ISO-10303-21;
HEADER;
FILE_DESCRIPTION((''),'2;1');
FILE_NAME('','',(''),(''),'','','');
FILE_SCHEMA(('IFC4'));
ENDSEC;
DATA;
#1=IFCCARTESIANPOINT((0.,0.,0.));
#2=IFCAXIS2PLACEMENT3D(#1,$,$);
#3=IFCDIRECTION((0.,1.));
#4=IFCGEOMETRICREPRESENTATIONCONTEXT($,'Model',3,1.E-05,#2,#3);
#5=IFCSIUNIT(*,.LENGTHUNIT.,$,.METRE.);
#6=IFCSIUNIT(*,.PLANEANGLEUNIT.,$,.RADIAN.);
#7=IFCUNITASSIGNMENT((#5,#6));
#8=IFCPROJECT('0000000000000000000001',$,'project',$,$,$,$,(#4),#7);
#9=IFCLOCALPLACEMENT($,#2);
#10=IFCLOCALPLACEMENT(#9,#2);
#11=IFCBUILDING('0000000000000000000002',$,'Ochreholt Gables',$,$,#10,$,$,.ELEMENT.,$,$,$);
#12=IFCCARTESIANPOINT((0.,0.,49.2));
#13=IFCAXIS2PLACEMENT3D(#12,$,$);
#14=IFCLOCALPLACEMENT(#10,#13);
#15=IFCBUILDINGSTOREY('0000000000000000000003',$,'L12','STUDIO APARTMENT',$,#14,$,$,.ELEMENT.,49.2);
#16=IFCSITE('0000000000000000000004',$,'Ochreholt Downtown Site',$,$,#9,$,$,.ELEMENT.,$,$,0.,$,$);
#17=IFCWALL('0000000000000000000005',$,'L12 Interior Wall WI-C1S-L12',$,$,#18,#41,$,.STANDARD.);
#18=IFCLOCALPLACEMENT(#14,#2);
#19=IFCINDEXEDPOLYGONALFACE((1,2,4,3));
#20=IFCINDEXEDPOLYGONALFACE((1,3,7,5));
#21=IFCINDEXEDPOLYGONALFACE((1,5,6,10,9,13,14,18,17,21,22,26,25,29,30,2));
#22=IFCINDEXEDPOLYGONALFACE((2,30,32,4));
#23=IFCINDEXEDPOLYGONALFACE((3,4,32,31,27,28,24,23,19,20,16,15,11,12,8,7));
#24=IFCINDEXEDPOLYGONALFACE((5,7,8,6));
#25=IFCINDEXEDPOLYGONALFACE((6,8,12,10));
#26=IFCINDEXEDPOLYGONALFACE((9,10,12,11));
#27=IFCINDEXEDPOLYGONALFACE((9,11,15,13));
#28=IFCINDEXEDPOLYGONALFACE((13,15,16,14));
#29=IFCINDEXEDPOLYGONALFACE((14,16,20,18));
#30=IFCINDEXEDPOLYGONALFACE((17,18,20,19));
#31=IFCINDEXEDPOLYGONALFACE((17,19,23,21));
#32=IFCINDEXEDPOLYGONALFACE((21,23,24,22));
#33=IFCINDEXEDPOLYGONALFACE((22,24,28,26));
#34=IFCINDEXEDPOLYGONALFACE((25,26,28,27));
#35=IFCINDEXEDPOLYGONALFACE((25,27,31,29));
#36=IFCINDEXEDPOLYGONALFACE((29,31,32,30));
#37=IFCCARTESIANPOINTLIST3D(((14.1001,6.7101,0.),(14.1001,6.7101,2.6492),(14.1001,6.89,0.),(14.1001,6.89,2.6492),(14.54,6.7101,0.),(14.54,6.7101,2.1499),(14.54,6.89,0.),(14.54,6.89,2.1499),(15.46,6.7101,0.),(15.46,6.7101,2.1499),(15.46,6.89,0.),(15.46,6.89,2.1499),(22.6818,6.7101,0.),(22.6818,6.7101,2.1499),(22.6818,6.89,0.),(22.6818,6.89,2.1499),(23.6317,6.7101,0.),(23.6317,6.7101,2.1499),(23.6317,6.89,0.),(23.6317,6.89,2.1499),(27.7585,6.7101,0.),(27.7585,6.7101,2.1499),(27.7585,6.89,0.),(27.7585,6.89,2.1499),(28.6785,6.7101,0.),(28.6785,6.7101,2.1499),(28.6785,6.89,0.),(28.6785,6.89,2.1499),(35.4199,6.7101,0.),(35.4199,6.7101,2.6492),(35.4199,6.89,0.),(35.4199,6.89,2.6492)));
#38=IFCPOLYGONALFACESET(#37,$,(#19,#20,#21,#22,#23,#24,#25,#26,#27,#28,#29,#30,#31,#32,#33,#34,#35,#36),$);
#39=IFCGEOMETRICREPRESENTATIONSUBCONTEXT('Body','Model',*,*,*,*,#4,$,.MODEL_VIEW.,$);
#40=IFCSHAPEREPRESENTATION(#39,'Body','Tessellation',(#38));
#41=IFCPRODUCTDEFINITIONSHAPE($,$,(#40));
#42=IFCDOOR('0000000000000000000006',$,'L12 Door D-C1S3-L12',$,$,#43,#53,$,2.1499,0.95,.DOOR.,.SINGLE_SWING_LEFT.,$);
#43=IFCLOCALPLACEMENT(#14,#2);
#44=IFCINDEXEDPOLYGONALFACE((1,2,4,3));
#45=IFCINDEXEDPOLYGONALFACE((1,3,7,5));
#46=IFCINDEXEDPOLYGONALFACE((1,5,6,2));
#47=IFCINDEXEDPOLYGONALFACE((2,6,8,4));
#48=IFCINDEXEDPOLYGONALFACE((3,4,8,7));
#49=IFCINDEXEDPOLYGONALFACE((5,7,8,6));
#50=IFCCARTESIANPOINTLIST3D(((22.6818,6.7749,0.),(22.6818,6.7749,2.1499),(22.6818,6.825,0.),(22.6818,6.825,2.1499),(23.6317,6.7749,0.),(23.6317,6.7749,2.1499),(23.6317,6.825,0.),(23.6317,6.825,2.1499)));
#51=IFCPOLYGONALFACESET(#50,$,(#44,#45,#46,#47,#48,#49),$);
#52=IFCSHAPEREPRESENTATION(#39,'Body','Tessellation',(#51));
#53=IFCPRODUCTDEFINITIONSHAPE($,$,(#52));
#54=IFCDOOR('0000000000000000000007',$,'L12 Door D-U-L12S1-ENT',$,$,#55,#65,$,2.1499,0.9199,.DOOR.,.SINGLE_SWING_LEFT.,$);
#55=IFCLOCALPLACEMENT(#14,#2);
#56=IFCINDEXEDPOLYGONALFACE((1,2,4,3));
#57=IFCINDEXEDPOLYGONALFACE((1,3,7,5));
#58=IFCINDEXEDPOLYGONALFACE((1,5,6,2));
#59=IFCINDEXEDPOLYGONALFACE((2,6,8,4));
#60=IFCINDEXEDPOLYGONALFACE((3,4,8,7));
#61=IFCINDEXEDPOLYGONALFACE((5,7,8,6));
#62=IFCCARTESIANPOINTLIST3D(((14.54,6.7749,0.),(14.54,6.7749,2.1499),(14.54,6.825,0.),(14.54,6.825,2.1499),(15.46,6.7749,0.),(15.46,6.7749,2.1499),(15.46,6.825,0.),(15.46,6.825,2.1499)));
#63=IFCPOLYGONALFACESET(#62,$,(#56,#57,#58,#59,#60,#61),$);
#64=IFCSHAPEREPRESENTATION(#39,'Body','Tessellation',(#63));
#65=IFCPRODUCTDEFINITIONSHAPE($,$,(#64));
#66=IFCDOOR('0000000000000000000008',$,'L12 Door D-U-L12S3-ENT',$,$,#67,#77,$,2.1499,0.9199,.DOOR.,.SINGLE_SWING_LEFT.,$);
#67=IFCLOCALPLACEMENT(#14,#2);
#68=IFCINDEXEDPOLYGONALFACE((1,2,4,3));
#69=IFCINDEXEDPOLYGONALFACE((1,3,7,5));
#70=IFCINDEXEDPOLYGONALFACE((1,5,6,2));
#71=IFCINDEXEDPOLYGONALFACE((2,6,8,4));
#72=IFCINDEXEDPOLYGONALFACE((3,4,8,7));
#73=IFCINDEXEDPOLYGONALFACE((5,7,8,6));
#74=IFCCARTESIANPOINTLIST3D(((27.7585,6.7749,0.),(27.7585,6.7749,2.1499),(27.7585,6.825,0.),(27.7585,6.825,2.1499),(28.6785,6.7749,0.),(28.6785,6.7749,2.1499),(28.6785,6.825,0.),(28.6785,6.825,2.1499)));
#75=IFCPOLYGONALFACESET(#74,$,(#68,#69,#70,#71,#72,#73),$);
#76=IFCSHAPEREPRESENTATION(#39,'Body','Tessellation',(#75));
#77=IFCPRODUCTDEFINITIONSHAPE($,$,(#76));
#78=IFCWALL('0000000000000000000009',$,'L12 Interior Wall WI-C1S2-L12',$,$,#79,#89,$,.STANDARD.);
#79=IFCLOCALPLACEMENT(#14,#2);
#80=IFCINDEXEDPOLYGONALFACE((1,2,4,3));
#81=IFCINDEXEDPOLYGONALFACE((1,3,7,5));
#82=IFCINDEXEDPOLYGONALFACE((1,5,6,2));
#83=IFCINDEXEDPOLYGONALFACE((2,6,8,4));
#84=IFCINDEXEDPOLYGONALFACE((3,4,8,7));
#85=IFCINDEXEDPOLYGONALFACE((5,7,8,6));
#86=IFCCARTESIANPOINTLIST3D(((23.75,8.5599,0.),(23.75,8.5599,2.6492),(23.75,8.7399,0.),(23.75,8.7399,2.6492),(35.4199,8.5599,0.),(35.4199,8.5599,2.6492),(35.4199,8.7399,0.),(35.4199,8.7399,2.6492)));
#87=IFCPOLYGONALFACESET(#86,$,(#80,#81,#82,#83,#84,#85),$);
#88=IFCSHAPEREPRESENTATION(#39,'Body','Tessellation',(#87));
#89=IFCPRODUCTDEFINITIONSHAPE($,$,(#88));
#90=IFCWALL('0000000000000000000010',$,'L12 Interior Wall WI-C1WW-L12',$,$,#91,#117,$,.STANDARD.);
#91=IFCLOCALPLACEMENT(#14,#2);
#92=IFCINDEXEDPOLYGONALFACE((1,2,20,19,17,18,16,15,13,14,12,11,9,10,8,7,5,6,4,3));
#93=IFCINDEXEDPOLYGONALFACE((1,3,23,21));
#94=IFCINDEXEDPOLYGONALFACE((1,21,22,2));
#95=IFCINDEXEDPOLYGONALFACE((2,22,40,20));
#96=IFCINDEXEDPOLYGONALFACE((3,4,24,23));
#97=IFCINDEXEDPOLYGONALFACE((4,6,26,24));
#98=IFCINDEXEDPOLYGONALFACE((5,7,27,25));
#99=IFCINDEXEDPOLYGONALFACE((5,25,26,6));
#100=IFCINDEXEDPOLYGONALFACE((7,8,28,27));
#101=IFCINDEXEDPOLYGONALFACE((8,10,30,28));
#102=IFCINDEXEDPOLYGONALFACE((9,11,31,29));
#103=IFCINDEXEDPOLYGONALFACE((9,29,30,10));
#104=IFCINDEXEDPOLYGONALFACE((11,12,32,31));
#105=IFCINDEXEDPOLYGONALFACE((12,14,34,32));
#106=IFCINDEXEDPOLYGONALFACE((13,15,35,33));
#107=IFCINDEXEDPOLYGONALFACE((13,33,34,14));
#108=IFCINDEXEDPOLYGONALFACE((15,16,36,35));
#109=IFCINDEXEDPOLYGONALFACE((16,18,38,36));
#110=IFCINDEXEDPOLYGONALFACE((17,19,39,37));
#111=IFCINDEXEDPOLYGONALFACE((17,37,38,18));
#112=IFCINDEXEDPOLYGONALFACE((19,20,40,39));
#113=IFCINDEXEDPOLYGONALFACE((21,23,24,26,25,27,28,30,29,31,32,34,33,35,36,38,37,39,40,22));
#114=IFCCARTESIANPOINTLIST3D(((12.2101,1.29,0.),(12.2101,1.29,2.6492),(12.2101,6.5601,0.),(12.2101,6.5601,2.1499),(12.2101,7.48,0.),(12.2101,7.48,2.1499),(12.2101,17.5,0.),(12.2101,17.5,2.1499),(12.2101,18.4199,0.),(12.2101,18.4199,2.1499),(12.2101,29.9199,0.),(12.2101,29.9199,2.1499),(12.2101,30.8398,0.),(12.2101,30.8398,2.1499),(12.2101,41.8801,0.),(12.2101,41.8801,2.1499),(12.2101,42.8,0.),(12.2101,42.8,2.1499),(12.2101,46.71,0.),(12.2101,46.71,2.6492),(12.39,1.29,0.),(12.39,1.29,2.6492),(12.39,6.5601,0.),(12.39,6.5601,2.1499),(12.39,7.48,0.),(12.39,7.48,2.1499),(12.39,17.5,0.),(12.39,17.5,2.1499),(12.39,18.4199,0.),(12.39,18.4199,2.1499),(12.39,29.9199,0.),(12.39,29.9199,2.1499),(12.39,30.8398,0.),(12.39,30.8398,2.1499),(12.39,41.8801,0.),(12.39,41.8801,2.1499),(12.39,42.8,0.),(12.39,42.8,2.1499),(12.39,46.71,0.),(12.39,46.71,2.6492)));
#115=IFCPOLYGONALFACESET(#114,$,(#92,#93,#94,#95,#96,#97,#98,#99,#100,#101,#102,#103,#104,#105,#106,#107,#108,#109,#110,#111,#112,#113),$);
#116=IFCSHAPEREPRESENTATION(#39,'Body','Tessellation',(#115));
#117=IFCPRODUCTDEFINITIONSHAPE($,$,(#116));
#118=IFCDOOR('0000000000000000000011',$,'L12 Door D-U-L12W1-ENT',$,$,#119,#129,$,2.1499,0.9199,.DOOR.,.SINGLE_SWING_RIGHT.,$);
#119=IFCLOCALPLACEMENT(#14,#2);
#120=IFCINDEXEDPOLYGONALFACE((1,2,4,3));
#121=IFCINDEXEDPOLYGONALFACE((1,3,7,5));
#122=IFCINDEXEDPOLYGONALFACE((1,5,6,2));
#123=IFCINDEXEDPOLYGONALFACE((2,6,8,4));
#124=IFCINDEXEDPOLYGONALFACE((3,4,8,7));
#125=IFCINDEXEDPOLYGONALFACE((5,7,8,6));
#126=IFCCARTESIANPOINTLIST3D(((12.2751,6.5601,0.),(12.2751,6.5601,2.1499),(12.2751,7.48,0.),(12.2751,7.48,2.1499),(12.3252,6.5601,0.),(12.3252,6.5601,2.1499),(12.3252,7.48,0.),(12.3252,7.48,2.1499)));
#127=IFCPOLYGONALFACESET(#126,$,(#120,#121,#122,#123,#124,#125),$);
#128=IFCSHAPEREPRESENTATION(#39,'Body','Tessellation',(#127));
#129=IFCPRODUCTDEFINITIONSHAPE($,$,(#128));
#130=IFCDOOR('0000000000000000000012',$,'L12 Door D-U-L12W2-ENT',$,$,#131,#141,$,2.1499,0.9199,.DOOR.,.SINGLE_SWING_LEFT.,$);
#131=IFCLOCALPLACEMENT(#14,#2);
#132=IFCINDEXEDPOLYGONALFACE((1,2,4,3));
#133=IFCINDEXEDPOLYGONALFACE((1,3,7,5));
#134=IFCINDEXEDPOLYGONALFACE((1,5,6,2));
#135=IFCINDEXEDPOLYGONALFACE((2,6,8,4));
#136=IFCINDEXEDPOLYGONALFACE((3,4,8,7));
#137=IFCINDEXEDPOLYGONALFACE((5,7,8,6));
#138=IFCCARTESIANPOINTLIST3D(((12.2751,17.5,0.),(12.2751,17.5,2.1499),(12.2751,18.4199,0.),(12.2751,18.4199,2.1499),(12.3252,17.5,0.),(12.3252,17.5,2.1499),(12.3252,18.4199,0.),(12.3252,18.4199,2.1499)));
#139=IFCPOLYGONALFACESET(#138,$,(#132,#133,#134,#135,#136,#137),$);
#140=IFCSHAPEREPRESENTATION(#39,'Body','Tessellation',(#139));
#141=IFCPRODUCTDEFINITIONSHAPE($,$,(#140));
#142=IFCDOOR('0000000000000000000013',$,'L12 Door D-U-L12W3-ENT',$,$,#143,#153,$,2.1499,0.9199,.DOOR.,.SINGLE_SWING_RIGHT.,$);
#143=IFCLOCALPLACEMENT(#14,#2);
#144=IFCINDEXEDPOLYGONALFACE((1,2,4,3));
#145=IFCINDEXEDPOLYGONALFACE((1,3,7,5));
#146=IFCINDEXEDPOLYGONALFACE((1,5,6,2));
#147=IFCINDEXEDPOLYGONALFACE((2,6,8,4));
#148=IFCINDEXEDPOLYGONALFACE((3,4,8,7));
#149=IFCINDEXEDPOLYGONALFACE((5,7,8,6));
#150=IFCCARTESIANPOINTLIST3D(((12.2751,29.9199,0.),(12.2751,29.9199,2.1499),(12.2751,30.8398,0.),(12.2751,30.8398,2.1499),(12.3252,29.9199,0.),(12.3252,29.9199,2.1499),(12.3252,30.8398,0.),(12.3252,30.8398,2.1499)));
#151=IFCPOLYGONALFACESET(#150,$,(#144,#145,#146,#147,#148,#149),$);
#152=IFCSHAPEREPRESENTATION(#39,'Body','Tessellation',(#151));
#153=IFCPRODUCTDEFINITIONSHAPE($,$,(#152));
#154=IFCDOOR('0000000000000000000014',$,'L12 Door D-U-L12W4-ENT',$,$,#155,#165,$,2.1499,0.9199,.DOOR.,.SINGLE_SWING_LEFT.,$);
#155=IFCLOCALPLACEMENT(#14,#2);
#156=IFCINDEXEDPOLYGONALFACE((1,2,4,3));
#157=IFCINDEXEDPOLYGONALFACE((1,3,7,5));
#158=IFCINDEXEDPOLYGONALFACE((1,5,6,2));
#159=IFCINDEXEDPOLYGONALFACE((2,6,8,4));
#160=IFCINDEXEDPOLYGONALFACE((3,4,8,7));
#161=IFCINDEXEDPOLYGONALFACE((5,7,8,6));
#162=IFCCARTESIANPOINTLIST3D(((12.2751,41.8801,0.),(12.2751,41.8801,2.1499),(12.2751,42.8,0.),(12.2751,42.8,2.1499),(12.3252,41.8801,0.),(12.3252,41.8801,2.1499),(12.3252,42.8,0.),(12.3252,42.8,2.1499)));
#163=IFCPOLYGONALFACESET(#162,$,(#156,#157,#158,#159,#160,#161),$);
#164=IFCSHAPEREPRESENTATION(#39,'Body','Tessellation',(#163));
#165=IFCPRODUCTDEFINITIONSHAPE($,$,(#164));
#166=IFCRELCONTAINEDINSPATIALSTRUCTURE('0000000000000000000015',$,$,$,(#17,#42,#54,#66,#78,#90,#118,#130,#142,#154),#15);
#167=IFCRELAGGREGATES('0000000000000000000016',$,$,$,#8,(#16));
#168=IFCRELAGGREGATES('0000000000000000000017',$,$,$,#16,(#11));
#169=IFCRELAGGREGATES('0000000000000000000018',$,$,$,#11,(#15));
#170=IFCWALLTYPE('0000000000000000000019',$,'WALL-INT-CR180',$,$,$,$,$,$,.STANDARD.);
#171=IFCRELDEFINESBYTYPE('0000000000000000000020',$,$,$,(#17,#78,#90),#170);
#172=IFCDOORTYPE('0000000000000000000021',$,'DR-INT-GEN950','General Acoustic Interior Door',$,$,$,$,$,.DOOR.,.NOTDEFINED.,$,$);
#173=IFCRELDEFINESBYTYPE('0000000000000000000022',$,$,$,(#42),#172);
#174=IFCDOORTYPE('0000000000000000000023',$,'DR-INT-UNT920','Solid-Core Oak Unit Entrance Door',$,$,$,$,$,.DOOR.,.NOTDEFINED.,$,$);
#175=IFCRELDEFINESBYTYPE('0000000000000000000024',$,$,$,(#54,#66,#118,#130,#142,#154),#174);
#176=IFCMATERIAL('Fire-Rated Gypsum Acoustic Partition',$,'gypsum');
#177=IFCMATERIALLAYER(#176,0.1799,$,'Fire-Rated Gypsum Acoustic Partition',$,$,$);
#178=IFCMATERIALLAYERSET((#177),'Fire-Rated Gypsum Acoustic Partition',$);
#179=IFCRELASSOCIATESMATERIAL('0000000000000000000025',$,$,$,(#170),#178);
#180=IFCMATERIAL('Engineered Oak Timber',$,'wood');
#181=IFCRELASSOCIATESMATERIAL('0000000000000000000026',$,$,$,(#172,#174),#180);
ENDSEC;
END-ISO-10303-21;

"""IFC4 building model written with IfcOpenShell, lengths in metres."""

from ifc_helpers import new_model, si_unit, direction, frame, frame_2d, origin, place, context, subcontext, project, spatial, rectangle, extrude, material, layer, layer_set, type_object, element, fill, save


model = new_model("IFC4")

# Units and contexts
model_context = context("Model", 3, precision=1e-05, world=origin(), true_north=direction((0.0, 1.0)))
body_context = subcontext(model_context, "Body", "Model", "MODEL_VIEW")
ifc_project = project(units=[si_unit("LENGTHUNIT", "METRE"), si_unit("PLANEANGLEUNIT", "RADIAN")], contexts=[model_context])

# Site, building, storey
site_placement = place(None, origin())
site = spatial("IfcSite", under=ifc_project, at=site_placement, Name="Ochreholt Downtown Site", CompositionType="ELEMENT", RefElevation=0.0)
building_placement = place(site_placement, origin())
building = spatial("IfcBuilding", under=site, at=building_placement, Name="Ochreholt Gables", CompositionType="ELEMENT")
storey_placement = place(building_placement, frame((0.0, 0.0, 49.2)))
storey = spatial("IfcBuildingStorey", under=building, at=storey_placement, Name="L12", Description="STUDIO APARTMENT", CompositionType="ELEMENT", Elevation=49.2)

# Shared definitions
ifc_material_1 = material(Name="Fire-Rated Gypsum Acoustic Partition", Category="gypsum")
ifc_layer_1 = layer(ifc_material_1, 0.1799, Name="Fire-Rated Gypsum Acoustic Partition")
ifc_layer_set_1 = layer_set([ifc_layer_1], Name="Fire-Rated Gypsum Acoustic Partition")
wall_type_1 = type_object("IfcWallType", Name="WALL-INT-CR180", PredefinedType="STANDARD", material=ifc_layer_set_1)

# Wall, openings, doors
wall_1_placement = place(storey_placement, frame((14.1001, 6.8, 0.0), z_axis=(0.0, 0.0, 1.0), x_axis=(1.0, 0.0, 0.0)))
wall_1 = element("IfcWall", 1, at=wall_1_placement, inside=storey, type_object=wall_type_1, Name="L12 Interior Wall WI-C1S-L12", PredefinedType="STANDARD", context=body_context, shape_type="SweptSolid", body=[
    extrude(rectangle(XDim=21.3198, YDim=0.1799, at=frame_2d((10.6599, 0.0))), origin(), (0.0, 0.0, 1.0), 2.6492),
])
opening_1_placement = place(wall_1_placement, frame((0.4399, 0.0, 0.0)))
opening_1 = element("IfcOpeningElement", 2, at=opening_1_placement, cuts=wall_1, PredefinedType="OPENING", context=body_context, shape_type="SweptSolid", body=[
    extrude(rectangle(XDim=0.9199, YDim=2.1499, at=frame_2d((0.46, 1.075))), frame((0.0, 0.0999, 0.0), z_axis=(0.0, -1.0, 0.0), x_axis=(1.0, 0.0, 0.0)), (0.0, 0.0, 1.0), 0.2),
])
opening_2_placement = place(wall_1_placement, frame((8.5815, 0.0, 0.0)))
opening_2 = element("IfcOpeningElement", 3, at=opening_2_placement, cuts=wall_1, PredefinedType="OPENING", context=body_context, shape_type="SweptSolid", body=[
    extrude(rectangle(XDim=0.95, YDim=2.1499, at=frame_2d((0.4751, 1.075))), frame((0.0, 0.0999, 0.0), z_axis=(0.0, -1.0, 0.0), x_axis=(1.0, 0.0, 0.0)), (0.0, 0.0, 1.0), 0.2),
])
opening_3_placement = place(wall_1_placement, frame((13.6584, 0.0, 0.0)))
opening_3 = element("IfcOpeningElement", 4, at=opening_3_placement, cuts=wall_1, PredefinedType="OPENING", context=body_context, shape_type="SweptSolid", body=[
    extrude(rectangle(XDim=0.9199, YDim=2.1499, at=frame_2d((0.46, 1.075))), frame((0.0, 0.0999, 0.0), z_axis=(0.0, -1.0, 0.0), x_axis=(1.0, 0.0, 0.0)), (0.0, 0.0, 1.0), 0.2),
])
ifc_material_2 = material(Name="Engineered Oak Timber", Category="wood")
door_type_1 = type_object("IfcDoorType", Name="DR-INT-GEN950", Description="General Acoustic Interior Door", OperationType="NOTDEFINED", PredefinedType="DOOR", material=ifc_material_2)
door_1_placement = place(opening_2_placement, origin())
door_1 = element("IfcDoor", 5, at=door_1_placement, inside=storey, type_object=door_type_1, Name="L12 Door D-C1S3-L12", OperationType="SINGLE_SWING_LEFT", OverallHeight=2.1499, OverallWidth=0.95, PredefinedType="DOOR", context=body_context, shape_type="SweptSolid", body=[
    extrude(rectangle(XDim=0.95, YDim=2.1499, at=frame_2d((0.4751, 1.075))), frame((0.0, 0.0249, 0.0), z_axis=(0.0, -1.0, 0.0), x_axis=(1.0, 0.0, 0.0)), (0.0, 0.0, 1.0), 0.05),
])
fill(opening_2, door_1)
door_type_2 = type_object("IfcDoorType", Name="DR-INT-UNT920", Description="Solid-Core Oak Unit Entrance Door", OperationType="NOTDEFINED", PredefinedType="DOOR", material=ifc_material_2)
door_2_placement = place(opening_1_placement, origin())
door_2 = element("IfcDoor", 6, at=door_2_placement, inside=storey, type_object=door_type_2, Name="L12 Door D-U-L12S1-ENT", OperationType="SINGLE_SWING_LEFT", OverallHeight=2.1499, OverallWidth=0.9199, PredefinedType="DOOR", context=body_context, shape_type="SweptSolid", body=[
    extrude(rectangle(XDim=0.9199, YDim=2.1499, at=frame_2d((0.46, 1.075))), frame((0.0, 0.0249, 0.0), z_axis=(0.0, -1.0, 0.0), x_axis=(1.0, 0.0, 0.0)), (0.0, 0.0, 1.0), 0.05),
])
fill(opening_1, door_2)
door_3_placement = place(opening_3_placement, origin())
door_3 = element("IfcDoor", 7, at=door_3_placement, inside=storey, type_object=door_type_2, Name="L12 Door D-U-L12S3-ENT", OperationType="SINGLE_SWING_LEFT", OverallHeight=2.1499, OverallWidth=0.9199, PredefinedType="DOOR", context=body_context, shape_type="SweptSolid", body=[
    extrude(rectangle(XDim=0.9199, YDim=2.1499, at=frame_2d((0.46, 1.075))), frame((0.0, 0.0249, 0.0), z_axis=(0.0, -1.0, 0.0), x_axis=(1.0, 0.0, 0.0)), (0.0, 0.0, 1.0), 0.05),
])
fill(opening_3, door_3)

# Wall
wall_2_placement = place(storey_placement, frame((23.75, 8.6499, 0.0), z_axis=(0.0, 0.0, 1.0), x_axis=(1.0, 0.0, 0.0)))
element("IfcWall", 8, at=wall_2_placement, inside=storey, type_object=wall_type_1, Name="L12 Interior Wall WI-C1S2-L12", PredefinedType="STANDARD", context=body_context, shape_type="SweptSolid", body=[
    extrude(rectangle(XDim=11.6699, YDim=0.1799, at=frame_2d((5.835, 0.0))), origin(), (0.0, 0.0, 1.0), 2.6492),
])

# Wall, openings, doors
wall_3_placement = place(storey_placement, frame((12.3, 1.29, 0.0), z_axis=(0.0, 0.0, 1.0), x_axis=(0.0, 1.0, 0.0)))
wall_3 = element("IfcWall", 9, at=wall_3_placement, inside=storey, type_object=wall_type_1, Name="L12 Interior Wall WI-C1WW-L12", PredefinedType="STANDARD", context=body_context, shape_type="SweptSolid", body=[
    extrude(rectangle(XDim=45.4199, YDim=0.1799, at=frame_2d((22.71, 0.0))), origin(), (0.0, 0.0, 1.0), 2.6492),
])
opening_4_placement = place(wall_3_placement, frame((5.27, 0.0, 0.0)))
opening_4 = element("IfcOpeningElement", 10, at=opening_4_placement, cuts=wall_3, PredefinedType="OPENING", context=body_context, shape_type="SweptSolid", body=[
    extrude(rectangle(XDim=0.9199, YDim=2.1499, at=frame_2d((0.46, 1.075))), frame((0.0, 0.0999, 0.0), z_axis=(0.0, -1.0, 0.0), x_axis=(1.0, 0.0, 0.0)), (0.0, 0.0, 1.0), 0.2),
])
opening_5_placement = place(wall_3_placement, frame((16.21, 0.0, 0.0)))
opening_5 = element("IfcOpeningElement", 11, at=opening_5_placement, cuts=wall_3, PredefinedType="OPENING", context=body_context, shape_type="SweptSolid", body=[
    extrude(rectangle(XDim=0.9199, YDim=2.1499, at=frame_2d((0.46, 1.075))), frame((0.0, 0.0999, 0.0), z_axis=(0.0, -1.0, 0.0), x_axis=(1.0, 0.0, 0.0)), (0.0, 0.0, 1.0), 0.2),
])
opening_6_placement = place(wall_3_placement, frame((28.6299, 0.0, 0.0)))
opening_6 = element("IfcOpeningElement", 12, at=opening_6_placement, cuts=wall_3, PredefinedType="OPENING", context=body_context, shape_type="SweptSolid", body=[
    extrude(rectangle(XDim=0.9199, YDim=2.1499, at=frame_2d((0.46, 1.075))), frame((0.0, 0.0999, 0.0), z_axis=(0.0, -1.0, 0.0), x_axis=(1.0, 0.0, 0.0)), (0.0, 0.0, 1.0), 0.2),
])
opening_7_placement = place(wall_3_placement, frame((40.5901, 0.0, 0.0)))
opening_7 = element("IfcOpeningElement", 13, at=opening_7_placement, cuts=wall_3, PredefinedType="OPENING", context=body_context, shape_type="SweptSolid", body=[
    extrude(rectangle(XDim=0.9199, YDim=2.1499, at=frame_2d((0.46, 1.075))), frame((0.0, 0.0999, 0.0), z_axis=(0.0, -1.0, 0.0), x_axis=(1.0, 0.0, 0.0)), (0.0, 0.0, 1.0), 0.2),
])
door_4_placement = place(opening_4_placement, origin())
door_4 = element("IfcDoor", 14, at=door_4_placement, inside=storey, type_object=door_type_2, Name="L12 Door D-U-L12W1-ENT", OperationType="SINGLE_SWING_RIGHT", OverallHeight=2.1499, OverallWidth=0.9199, PredefinedType="DOOR", context=body_context, shape_type="SweptSolid", body=[
    extrude(rectangle(XDim=0.9199, YDim=2.1499, at=frame_2d((0.46, 1.075))), frame((0.0, 0.0249, 0.0), z_axis=(0.0, -1.0, 0.0), x_axis=(1.0, 0.0, 0.0)), (0.0, 0.0, 1.0), 0.05),
])
fill(opening_4, door_4)
door_5_placement = place(opening_5_placement, origin())
door_5 = element("IfcDoor", 15, at=door_5_placement, inside=storey, type_object=door_type_2, Name="L12 Door D-U-L12W2-ENT", OperationType="SINGLE_SWING_LEFT", OverallHeight=2.1499, OverallWidth=0.9199, PredefinedType="DOOR", context=body_context, shape_type="SweptSolid", body=[
    extrude(rectangle(XDim=0.9199, YDim=2.1499, at=frame_2d((0.46, 1.075))), frame((0.0, 0.0249, 0.0), z_axis=(0.0, -1.0, 0.0), x_axis=(1.0, 0.0, 0.0)), (0.0, 0.0, 1.0), 0.05),
])
fill(opening_5, door_5)
door_6_placement = place(opening_6_placement, origin())
door_6 = element("IfcDoor", 16, at=door_6_placement, inside=storey, type_object=door_type_2, Name="L12 Door D-U-L12W3-ENT", OperationType="SINGLE_SWING_RIGHT", OverallHeight=2.1499, OverallWidth=0.9199, PredefinedType="DOOR", context=body_context, shape_type="SweptSolid", body=[
    extrude(rectangle(XDim=0.9199, YDim=2.1499, at=frame_2d((0.46, 1.075))), frame((0.0, 0.0249, 0.0), z_axis=(0.0, -1.0, 0.0), x_axis=(1.0, 0.0, 0.0)), (0.0, 0.0, 1.0), 0.05),
])
fill(opening_6, door_6)
door_7_placement = place(opening_7_placement, origin())
door_7 = element("IfcDoor", 17, at=door_7_placement, inside=storey, type_object=door_type_2, Name="L12 Door D-U-L12W4-ENT", OperationType="SINGLE_SWING_LEFT", OverallHeight=2.1499, OverallWidth=0.9199, PredefinedType="DOOR", context=body_context, shape_type="SweptSolid", body=[
    extrude(rectangle(XDim=0.9199, YDim=2.1499, at=frame_2d((0.46, 1.075))), frame((0.0, 0.0249, 0.0), z_axis=(0.0, -1.0, 0.0), x_axis=(1.0, 0.0, 0.0)), (0.0, 0.0, 1.0), 0.05),
])
fill(opening_7, door_7)

save(model, "model.ifc")
